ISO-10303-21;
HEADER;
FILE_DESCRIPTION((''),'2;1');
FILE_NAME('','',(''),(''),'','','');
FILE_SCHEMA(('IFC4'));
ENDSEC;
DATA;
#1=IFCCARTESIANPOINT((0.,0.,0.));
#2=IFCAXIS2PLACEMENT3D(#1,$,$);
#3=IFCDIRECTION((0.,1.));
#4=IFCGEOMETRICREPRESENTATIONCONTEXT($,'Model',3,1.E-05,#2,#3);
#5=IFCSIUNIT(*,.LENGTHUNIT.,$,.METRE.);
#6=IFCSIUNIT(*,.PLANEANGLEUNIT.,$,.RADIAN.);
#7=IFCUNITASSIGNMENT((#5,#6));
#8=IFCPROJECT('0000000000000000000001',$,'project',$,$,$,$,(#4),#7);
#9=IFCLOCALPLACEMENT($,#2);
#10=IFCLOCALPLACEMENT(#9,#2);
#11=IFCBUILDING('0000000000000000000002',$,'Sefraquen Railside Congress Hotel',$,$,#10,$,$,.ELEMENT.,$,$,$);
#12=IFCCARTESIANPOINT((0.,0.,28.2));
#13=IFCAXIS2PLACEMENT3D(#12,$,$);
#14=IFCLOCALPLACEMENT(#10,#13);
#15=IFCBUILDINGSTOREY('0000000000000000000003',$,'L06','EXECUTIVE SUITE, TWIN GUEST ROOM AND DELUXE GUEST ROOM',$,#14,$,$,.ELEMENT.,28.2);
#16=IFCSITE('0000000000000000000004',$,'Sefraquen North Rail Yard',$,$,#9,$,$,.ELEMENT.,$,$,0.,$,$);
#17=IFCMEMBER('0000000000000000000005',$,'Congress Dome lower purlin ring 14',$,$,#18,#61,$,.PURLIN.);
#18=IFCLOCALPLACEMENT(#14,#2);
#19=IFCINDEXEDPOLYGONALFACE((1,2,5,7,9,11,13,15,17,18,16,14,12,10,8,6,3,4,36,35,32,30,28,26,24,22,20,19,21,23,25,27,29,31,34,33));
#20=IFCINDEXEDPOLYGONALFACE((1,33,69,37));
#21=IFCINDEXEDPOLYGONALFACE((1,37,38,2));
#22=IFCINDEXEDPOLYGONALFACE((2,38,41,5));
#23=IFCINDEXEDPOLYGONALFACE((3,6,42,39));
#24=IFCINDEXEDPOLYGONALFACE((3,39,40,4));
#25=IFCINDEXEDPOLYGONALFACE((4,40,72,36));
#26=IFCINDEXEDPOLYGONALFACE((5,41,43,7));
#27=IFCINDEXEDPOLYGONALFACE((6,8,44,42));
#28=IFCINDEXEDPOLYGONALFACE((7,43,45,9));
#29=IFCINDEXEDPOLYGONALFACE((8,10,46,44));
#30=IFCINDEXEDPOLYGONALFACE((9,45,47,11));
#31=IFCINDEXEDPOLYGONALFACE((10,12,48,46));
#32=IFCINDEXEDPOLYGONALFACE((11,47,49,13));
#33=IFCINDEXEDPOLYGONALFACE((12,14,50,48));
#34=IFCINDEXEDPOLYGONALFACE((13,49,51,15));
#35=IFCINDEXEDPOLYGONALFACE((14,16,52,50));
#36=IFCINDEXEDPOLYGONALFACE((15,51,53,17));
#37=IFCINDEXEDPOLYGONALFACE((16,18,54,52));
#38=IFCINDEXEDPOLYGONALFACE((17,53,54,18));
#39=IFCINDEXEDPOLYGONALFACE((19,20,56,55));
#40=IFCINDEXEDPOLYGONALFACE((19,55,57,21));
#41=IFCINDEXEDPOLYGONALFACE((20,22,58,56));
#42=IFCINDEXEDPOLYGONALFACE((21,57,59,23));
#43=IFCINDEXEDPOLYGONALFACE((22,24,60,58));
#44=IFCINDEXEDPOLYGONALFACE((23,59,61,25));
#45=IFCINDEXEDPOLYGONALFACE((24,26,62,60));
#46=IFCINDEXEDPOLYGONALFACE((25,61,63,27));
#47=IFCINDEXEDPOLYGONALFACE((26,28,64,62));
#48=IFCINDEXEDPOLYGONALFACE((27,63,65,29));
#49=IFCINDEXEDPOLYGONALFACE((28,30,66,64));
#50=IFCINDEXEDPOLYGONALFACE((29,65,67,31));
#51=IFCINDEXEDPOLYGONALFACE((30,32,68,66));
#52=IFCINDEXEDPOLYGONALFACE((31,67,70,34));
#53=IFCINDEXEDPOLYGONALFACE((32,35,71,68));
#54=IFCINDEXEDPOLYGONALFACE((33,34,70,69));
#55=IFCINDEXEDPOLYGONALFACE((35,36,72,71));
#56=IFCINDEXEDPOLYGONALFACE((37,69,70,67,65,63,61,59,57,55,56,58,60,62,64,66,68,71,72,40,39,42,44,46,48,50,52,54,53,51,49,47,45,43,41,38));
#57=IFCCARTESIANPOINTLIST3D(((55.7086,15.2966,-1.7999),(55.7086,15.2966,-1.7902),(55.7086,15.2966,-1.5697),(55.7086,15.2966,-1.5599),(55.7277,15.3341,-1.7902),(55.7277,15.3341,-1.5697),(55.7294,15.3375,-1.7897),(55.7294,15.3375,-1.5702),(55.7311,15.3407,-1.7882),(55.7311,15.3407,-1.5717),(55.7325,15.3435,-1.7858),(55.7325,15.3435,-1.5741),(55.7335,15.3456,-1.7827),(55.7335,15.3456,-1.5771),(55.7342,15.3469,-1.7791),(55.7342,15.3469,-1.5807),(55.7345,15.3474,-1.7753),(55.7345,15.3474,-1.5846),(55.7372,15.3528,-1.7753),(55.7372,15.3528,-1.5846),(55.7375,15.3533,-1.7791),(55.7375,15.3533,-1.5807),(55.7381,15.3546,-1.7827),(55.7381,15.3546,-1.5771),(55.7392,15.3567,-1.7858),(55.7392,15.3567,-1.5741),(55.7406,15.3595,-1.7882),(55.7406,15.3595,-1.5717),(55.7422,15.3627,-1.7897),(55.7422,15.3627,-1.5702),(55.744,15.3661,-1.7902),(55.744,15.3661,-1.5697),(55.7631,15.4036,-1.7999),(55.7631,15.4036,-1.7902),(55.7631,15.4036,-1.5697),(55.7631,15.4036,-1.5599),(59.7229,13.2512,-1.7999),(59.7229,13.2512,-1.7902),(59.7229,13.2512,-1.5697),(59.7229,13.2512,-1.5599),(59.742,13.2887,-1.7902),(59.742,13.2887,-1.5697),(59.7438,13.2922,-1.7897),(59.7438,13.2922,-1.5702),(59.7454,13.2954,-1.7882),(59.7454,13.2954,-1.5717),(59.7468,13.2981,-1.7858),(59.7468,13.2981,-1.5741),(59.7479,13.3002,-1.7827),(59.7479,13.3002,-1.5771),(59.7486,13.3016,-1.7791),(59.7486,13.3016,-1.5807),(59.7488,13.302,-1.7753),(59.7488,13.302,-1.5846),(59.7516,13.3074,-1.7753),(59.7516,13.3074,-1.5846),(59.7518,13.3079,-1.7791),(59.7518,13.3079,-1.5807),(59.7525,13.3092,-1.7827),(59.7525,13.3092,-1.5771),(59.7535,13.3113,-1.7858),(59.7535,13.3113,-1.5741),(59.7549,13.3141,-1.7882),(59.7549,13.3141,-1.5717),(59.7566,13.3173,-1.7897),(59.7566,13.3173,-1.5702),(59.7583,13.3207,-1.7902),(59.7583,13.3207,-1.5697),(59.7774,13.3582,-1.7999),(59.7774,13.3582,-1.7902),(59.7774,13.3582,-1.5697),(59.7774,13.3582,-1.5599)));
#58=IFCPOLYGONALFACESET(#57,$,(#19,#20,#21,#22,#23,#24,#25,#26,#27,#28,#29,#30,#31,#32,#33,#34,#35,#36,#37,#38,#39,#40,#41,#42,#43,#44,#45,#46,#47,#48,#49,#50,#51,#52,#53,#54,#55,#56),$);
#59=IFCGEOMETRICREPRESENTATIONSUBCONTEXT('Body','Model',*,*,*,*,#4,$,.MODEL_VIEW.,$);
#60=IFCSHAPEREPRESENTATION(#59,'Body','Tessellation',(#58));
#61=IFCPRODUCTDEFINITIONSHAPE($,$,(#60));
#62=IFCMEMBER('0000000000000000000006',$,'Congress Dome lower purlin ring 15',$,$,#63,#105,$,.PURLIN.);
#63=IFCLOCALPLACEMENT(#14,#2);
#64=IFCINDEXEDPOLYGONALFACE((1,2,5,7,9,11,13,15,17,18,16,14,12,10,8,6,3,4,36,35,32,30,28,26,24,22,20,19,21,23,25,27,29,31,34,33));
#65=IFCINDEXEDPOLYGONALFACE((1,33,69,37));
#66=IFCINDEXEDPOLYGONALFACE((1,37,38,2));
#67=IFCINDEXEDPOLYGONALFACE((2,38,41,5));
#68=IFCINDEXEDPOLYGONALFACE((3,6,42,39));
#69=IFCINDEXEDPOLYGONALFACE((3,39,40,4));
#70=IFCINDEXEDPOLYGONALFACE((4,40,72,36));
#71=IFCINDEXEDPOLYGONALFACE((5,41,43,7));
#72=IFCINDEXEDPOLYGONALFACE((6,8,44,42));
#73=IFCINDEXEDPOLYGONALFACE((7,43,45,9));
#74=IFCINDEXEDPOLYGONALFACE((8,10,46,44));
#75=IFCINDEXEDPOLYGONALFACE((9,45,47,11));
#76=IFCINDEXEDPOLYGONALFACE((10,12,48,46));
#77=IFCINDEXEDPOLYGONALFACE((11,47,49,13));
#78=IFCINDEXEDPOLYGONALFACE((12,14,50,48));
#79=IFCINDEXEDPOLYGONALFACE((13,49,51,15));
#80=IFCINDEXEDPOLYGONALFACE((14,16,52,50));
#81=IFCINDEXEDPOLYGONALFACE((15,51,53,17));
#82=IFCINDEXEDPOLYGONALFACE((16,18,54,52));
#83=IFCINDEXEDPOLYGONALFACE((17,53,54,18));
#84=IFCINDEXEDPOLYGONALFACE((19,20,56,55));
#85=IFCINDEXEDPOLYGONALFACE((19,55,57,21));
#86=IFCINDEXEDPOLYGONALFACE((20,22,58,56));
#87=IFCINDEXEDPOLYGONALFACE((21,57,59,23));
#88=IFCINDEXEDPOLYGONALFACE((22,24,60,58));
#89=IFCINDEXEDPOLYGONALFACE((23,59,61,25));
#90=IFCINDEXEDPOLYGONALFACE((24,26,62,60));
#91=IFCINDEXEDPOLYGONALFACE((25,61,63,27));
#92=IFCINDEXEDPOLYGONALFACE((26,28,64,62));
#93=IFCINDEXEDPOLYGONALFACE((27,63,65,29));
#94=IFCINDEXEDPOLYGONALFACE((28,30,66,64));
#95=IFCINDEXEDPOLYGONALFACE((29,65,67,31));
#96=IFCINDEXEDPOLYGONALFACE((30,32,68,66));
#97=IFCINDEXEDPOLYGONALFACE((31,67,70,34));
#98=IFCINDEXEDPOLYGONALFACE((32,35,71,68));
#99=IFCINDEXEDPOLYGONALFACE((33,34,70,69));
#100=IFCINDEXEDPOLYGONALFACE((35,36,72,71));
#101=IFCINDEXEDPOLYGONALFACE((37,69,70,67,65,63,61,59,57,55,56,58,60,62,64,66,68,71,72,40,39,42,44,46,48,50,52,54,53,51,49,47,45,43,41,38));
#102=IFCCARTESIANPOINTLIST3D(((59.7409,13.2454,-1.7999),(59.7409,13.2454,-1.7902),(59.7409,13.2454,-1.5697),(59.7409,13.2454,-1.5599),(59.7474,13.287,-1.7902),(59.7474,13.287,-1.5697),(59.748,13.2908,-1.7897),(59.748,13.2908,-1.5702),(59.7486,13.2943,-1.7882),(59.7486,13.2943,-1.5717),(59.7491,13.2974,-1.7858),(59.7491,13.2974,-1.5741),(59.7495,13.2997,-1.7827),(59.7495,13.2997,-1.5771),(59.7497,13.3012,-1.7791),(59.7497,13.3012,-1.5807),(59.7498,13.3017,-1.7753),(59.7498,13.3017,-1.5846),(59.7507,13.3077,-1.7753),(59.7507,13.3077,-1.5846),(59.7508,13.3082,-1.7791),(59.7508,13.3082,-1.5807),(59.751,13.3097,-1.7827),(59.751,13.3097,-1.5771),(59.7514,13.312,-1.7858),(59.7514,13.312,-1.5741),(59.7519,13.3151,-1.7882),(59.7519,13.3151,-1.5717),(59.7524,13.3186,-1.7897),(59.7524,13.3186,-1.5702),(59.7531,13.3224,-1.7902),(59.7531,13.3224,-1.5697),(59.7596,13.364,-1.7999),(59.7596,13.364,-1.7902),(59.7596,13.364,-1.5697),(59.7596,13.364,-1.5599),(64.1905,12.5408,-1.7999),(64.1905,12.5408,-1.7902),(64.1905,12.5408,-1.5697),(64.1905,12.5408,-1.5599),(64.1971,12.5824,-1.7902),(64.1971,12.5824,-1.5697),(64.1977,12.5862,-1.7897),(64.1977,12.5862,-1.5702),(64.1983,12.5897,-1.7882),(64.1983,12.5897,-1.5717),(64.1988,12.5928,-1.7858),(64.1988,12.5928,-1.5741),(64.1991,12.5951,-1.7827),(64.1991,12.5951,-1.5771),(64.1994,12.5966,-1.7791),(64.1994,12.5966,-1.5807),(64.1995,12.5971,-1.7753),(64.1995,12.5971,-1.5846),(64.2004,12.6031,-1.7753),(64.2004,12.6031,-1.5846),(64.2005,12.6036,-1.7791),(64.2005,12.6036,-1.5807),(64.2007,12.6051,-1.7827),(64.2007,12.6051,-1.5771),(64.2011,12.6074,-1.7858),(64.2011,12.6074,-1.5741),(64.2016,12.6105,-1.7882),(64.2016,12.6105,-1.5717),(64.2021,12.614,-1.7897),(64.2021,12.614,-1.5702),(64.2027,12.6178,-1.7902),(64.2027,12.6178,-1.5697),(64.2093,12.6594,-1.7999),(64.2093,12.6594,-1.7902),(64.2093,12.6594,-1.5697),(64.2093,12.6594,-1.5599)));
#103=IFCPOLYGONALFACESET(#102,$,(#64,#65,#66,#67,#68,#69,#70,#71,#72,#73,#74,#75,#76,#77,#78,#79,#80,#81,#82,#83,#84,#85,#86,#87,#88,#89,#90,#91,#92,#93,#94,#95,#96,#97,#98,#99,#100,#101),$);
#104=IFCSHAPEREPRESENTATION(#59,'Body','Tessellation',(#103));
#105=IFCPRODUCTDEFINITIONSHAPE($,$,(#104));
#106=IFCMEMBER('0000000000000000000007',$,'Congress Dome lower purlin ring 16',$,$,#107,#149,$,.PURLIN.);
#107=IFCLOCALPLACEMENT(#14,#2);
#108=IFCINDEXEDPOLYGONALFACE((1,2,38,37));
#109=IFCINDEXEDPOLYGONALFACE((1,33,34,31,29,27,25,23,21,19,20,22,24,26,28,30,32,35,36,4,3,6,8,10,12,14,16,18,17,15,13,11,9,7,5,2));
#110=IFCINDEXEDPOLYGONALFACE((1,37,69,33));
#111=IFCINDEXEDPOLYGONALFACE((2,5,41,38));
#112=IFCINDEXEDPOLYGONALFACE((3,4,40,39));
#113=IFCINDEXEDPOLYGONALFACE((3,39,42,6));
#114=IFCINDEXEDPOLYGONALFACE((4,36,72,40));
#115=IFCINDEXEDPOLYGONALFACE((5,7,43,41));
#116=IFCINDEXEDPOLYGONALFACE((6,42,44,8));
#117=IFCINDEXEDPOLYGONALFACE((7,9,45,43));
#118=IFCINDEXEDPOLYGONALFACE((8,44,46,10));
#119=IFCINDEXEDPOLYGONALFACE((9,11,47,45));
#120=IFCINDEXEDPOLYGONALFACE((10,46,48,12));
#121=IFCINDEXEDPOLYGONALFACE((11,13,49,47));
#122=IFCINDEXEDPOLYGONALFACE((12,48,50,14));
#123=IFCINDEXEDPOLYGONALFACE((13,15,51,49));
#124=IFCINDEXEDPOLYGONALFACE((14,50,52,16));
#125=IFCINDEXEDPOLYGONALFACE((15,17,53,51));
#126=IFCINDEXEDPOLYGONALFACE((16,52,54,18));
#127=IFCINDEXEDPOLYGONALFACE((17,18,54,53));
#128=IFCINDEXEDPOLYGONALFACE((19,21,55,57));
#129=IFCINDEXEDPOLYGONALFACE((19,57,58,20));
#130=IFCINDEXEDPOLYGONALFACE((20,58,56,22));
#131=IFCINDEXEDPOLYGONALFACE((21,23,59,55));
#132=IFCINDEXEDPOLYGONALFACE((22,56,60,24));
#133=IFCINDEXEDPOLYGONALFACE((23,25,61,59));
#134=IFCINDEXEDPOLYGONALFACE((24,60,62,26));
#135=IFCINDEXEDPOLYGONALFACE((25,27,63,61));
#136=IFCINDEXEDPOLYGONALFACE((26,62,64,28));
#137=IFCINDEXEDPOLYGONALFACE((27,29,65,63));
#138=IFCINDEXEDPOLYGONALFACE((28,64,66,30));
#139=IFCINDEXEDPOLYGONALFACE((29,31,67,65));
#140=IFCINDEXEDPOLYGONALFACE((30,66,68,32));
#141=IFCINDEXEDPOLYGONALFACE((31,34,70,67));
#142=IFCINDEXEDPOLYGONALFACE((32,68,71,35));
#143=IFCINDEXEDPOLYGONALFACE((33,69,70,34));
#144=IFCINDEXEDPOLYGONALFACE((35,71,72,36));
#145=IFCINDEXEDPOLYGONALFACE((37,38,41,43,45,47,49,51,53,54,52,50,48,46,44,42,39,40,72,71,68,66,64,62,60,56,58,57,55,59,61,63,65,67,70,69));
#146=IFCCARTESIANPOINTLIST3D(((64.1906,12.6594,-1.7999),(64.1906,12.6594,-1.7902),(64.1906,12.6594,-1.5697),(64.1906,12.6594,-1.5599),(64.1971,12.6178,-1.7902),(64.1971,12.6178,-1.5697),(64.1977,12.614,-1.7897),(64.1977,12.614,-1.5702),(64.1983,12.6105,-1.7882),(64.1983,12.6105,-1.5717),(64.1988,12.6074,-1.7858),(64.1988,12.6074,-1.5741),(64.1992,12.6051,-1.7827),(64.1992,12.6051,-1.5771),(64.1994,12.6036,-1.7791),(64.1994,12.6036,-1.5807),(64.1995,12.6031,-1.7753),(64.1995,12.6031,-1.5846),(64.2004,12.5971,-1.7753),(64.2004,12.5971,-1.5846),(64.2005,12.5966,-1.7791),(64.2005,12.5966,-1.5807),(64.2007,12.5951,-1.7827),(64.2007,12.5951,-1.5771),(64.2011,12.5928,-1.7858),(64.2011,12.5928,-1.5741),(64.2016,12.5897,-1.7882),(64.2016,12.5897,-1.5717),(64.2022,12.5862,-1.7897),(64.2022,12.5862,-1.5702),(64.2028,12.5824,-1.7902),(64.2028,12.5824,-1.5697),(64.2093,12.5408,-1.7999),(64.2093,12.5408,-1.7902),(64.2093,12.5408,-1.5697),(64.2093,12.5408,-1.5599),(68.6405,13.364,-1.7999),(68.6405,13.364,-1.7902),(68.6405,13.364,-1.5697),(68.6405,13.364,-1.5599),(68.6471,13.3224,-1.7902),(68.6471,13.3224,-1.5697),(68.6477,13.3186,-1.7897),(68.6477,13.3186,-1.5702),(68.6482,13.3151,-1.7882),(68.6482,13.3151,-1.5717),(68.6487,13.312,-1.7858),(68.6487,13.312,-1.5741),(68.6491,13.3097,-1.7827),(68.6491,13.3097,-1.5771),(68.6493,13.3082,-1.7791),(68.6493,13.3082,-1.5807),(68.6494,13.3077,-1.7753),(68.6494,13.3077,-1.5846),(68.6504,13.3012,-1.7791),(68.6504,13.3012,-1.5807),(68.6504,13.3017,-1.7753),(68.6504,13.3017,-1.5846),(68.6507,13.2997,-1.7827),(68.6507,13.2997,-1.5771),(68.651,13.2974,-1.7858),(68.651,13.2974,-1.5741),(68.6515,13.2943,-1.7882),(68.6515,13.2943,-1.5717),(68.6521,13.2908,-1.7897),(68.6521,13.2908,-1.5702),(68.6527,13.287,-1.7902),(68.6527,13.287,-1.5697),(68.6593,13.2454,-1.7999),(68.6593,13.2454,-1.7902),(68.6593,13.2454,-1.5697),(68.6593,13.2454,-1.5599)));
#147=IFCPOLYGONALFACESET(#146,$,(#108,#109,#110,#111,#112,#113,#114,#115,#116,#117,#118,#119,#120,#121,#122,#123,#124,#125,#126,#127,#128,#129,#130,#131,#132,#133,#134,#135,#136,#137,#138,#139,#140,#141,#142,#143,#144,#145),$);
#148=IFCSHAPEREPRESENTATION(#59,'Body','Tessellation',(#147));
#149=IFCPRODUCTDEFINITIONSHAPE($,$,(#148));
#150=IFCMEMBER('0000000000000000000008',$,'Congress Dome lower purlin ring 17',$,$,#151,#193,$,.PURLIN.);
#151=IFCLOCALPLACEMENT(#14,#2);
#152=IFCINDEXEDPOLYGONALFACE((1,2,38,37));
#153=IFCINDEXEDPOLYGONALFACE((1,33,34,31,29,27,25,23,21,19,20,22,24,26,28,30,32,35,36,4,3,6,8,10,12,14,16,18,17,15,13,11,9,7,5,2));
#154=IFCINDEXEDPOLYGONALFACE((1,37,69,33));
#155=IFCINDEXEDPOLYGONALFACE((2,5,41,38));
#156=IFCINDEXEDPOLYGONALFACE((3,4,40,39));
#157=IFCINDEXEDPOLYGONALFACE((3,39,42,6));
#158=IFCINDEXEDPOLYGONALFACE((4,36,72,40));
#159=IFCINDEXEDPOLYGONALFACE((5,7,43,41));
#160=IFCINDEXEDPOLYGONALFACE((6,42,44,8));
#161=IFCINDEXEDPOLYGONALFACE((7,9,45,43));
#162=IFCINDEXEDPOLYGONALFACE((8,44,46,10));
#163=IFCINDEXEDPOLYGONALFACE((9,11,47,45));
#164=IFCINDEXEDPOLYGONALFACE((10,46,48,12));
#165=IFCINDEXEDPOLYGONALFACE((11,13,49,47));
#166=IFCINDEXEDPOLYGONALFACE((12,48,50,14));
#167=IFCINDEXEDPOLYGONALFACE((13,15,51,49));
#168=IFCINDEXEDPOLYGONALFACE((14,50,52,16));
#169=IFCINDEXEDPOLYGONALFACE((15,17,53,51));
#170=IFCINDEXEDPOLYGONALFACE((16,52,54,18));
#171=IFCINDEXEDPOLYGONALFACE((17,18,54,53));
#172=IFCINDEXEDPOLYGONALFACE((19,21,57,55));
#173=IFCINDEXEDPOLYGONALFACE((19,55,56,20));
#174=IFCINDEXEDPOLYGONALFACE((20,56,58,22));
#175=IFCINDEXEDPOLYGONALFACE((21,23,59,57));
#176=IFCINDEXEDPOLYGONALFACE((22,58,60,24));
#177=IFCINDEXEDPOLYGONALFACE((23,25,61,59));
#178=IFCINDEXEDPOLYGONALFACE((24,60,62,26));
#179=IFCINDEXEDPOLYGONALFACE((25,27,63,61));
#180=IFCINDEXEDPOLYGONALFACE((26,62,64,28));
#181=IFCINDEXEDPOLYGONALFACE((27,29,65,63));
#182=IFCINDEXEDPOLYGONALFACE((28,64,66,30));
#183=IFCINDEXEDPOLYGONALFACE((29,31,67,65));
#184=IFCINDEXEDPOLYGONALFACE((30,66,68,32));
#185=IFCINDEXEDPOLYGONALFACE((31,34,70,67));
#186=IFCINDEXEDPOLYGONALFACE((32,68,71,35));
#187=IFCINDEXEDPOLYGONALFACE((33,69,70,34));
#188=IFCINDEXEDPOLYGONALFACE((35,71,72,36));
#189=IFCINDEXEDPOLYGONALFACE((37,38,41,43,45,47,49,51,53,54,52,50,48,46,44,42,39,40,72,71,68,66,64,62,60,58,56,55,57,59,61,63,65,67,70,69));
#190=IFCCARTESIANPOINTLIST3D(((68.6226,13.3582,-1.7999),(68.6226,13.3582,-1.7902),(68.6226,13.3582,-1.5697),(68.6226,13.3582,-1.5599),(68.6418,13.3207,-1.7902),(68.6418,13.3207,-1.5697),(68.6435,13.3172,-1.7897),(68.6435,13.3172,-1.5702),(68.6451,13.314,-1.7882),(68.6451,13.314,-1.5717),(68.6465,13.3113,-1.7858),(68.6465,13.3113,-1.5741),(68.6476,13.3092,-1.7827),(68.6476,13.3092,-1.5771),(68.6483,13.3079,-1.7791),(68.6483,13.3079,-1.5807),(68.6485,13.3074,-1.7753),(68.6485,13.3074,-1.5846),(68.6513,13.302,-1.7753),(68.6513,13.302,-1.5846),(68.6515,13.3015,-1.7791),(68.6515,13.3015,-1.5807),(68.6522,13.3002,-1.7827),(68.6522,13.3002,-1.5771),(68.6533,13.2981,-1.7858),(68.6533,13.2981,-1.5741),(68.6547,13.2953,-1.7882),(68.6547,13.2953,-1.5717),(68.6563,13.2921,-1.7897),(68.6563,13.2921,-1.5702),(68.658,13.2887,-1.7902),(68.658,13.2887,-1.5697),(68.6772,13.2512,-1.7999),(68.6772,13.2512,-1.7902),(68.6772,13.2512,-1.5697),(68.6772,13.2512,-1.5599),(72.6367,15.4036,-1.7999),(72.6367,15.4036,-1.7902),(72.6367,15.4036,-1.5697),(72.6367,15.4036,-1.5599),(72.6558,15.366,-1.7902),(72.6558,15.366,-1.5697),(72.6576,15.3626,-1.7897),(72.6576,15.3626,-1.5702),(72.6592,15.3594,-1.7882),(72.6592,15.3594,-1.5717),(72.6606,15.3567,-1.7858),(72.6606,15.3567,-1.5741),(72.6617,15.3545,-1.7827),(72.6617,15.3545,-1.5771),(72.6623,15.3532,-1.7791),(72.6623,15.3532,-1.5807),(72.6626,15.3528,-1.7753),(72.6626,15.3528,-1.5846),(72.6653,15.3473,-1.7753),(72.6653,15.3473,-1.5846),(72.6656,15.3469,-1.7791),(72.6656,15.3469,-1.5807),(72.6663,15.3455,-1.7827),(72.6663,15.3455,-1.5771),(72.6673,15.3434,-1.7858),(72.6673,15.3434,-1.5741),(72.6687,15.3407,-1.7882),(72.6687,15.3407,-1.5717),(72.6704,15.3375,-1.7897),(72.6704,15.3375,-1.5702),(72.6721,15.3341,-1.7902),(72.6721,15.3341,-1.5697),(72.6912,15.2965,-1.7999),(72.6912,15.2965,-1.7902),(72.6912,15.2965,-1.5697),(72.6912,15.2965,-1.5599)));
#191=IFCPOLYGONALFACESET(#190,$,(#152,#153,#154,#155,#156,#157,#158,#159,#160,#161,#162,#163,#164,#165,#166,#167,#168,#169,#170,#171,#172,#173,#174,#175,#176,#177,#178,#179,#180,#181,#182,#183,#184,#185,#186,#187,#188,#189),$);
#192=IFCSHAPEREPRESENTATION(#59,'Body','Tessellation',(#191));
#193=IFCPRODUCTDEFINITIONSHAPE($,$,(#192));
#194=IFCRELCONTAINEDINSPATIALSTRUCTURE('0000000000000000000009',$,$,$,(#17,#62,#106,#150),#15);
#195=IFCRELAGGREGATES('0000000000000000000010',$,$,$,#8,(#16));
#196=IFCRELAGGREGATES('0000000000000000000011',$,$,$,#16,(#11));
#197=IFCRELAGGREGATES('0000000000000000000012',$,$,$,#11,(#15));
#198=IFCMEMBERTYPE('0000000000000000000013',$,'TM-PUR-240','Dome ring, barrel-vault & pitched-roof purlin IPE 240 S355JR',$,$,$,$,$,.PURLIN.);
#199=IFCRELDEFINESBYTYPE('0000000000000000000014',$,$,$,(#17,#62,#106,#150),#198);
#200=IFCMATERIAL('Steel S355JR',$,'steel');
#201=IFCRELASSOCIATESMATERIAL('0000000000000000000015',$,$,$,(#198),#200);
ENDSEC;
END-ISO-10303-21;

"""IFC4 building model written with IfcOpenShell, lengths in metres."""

from ifc_helpers import new_model, si_unit, direction, frame, origin, origin_2d, place, context, subcontext, project, spatial, i_section, extrude, material, material_profile, profile_set, type_object, element, save


model = new_model("IFC4")

# Units and contexts
model_context = context("Model", 3, precision=1e-05, world=origin(), true_north=direction((0.0, 1.0)))
body_context = subcontext(model_context, "Body", "Model", "MODEL_VIEW")
ifc_project = project(units=[si_unit("LENGTHUNIT", "METRE"), si_unit("PLANEANGLEUNIT", "RADIAN")], contexts=[model_context])

# Site, building, storey
site_placement = place(None, origin())
site = spatial("IfcSite", under=ifc_project, at=site_placement, Name="Sefraquen North Rail Yard", CompositionType="ELEMENT", RefElevation=0.0)
building_placement = place(site_placement, origin())
building = spatial("IfcBuilding", under=site, at=building_placement, Name="Sefraquen Railside Congress Hotel", CompositionType="ELEMENT")
storey_placement = place(building_placement, frame((0.0, 0.0, 28.2)))
storey = spatial("IfcBuildingStorey", under=building, at=storey_placement, Name="L06", Description="EXECUTIVE SUITE, TWIN GUEST ROOM AND DELUXE GUEST ROOM", CompositionType="ELEMENT", Elevation=28.2)

# Members
ifc_material_1 = material(Name="Steel S355JR", Category="steel")
ifc_material_profile = material_profile(ifc_material_1, i_section(OverallWidth=0.1201, OverallDepth=0.24, WebThickness=0.0061, FlangeThickness=0.0098, FilletRadius=0.0149, at=origin_2d()), Name="IPE 240")
ifc_profile_set = profile_set([ifc_material_profile], Name="Steel S355JR")
member_type = type_object("IfcMemberType", Name="TM-PUR-240", Description="Dome ring, barrel-vault & pitched-roof purlin IPE 240 S355JR", PredefinedType="PURLIN", material=ifc_profile_set)
member_1_placement = place(storey_placement, frame((55.7358, 15.3501, -1.6799), z_axis=(0.891009, -0.453985, 0.0), x_axis=(0.453985, 0.891009, 0.0)))
element("IfcMember", 1, at=member_1_placement, inside=storey, type_object=member_type, Name="Congress Dome lower purlin ring 14", PredefinedType="PURLIN", context=body_context, shape_type="SweptSolid", body=[
    extrude(i_section(OverallWidth=0.1201, OverallDepth=0.24, WebThickness=0.0061, FlangeThickness=0.0098, FilletRadius=0.0149, at=origin_2d()), origin(), (0.0, 0.0, 1.0), 4.5054),
])
member_2_placement = place(storey_placement, frame((59.7502, 13.3047, -1.6799), z_axis=(0.987694, -0.156397, 0.0), x_axis=(0.156397, 0.987694, 0.0)))
element("IfcMember", 2, at=member_2_placement, inside=storey, type_object=member_type, Name="Congress Dome lower purlin ring 15", PredefinedType="PURLIN", context=body_context, shape_type="SweptSolid", body=[
    extrude(i_section(OverallWidth=0.1201, OverallDepth=0.24, WebThickness=0.0061, FlangeThickness=0.0098, FilletRadius=0.0149, at=origin_2d()), origin(), (0.0, 0.0, 1.0), 4.5051),
])
member_3_placement = place(storey_placement, frame((64.2, 12.6001, -1.6799), z_axis=(0.987696, 0.156388, 0.0), x_axis=(-0.156388, 0.987696, 0.0)))
element("IfcMember", 3, at=member_3_placement, inside=storey, type_object=member_type, Name="Congress Dome lower purlin ring 16", PredefinedType="PURLIN", context=body_context, shape_type="SweptSolid", body=[
    extrude(i_section(OverallWidth=0.1201, OverallDepth=0.24, WebThickness=0.0061, FlangeThickness=0.0098, FilletRadius=0.0149, at=origin_2d()), origin(), (0.0, 0.0, 1.0), 4.5054),
])
member_4_placement = place(storey_placement, frame((68.6499, 13.3047, -1.6799), z_axis=(0.890998, 0.454007, 0.0), x_axis=(-0.454007, 0.890998, 0.0)))
element("IfcMember", 4, at=member_4_placement, inside=storey, type_object=member_type, Name="Congress Dome lower purlin ring 17", PredefinedType="PURLIN", context=body_context, shape_type="SweptSolid", body=[
    extrude(i_section(OverallWidth=0.1201, OverallDepth=0.24, WebThickness=0.0061, FlangeThickness=0.0098, FilletRadius=0.0149, at=origin_2d()), origin(), (0.0, 0.0, 1.0), 4.5051),
])

save(model, "model.ifc")
